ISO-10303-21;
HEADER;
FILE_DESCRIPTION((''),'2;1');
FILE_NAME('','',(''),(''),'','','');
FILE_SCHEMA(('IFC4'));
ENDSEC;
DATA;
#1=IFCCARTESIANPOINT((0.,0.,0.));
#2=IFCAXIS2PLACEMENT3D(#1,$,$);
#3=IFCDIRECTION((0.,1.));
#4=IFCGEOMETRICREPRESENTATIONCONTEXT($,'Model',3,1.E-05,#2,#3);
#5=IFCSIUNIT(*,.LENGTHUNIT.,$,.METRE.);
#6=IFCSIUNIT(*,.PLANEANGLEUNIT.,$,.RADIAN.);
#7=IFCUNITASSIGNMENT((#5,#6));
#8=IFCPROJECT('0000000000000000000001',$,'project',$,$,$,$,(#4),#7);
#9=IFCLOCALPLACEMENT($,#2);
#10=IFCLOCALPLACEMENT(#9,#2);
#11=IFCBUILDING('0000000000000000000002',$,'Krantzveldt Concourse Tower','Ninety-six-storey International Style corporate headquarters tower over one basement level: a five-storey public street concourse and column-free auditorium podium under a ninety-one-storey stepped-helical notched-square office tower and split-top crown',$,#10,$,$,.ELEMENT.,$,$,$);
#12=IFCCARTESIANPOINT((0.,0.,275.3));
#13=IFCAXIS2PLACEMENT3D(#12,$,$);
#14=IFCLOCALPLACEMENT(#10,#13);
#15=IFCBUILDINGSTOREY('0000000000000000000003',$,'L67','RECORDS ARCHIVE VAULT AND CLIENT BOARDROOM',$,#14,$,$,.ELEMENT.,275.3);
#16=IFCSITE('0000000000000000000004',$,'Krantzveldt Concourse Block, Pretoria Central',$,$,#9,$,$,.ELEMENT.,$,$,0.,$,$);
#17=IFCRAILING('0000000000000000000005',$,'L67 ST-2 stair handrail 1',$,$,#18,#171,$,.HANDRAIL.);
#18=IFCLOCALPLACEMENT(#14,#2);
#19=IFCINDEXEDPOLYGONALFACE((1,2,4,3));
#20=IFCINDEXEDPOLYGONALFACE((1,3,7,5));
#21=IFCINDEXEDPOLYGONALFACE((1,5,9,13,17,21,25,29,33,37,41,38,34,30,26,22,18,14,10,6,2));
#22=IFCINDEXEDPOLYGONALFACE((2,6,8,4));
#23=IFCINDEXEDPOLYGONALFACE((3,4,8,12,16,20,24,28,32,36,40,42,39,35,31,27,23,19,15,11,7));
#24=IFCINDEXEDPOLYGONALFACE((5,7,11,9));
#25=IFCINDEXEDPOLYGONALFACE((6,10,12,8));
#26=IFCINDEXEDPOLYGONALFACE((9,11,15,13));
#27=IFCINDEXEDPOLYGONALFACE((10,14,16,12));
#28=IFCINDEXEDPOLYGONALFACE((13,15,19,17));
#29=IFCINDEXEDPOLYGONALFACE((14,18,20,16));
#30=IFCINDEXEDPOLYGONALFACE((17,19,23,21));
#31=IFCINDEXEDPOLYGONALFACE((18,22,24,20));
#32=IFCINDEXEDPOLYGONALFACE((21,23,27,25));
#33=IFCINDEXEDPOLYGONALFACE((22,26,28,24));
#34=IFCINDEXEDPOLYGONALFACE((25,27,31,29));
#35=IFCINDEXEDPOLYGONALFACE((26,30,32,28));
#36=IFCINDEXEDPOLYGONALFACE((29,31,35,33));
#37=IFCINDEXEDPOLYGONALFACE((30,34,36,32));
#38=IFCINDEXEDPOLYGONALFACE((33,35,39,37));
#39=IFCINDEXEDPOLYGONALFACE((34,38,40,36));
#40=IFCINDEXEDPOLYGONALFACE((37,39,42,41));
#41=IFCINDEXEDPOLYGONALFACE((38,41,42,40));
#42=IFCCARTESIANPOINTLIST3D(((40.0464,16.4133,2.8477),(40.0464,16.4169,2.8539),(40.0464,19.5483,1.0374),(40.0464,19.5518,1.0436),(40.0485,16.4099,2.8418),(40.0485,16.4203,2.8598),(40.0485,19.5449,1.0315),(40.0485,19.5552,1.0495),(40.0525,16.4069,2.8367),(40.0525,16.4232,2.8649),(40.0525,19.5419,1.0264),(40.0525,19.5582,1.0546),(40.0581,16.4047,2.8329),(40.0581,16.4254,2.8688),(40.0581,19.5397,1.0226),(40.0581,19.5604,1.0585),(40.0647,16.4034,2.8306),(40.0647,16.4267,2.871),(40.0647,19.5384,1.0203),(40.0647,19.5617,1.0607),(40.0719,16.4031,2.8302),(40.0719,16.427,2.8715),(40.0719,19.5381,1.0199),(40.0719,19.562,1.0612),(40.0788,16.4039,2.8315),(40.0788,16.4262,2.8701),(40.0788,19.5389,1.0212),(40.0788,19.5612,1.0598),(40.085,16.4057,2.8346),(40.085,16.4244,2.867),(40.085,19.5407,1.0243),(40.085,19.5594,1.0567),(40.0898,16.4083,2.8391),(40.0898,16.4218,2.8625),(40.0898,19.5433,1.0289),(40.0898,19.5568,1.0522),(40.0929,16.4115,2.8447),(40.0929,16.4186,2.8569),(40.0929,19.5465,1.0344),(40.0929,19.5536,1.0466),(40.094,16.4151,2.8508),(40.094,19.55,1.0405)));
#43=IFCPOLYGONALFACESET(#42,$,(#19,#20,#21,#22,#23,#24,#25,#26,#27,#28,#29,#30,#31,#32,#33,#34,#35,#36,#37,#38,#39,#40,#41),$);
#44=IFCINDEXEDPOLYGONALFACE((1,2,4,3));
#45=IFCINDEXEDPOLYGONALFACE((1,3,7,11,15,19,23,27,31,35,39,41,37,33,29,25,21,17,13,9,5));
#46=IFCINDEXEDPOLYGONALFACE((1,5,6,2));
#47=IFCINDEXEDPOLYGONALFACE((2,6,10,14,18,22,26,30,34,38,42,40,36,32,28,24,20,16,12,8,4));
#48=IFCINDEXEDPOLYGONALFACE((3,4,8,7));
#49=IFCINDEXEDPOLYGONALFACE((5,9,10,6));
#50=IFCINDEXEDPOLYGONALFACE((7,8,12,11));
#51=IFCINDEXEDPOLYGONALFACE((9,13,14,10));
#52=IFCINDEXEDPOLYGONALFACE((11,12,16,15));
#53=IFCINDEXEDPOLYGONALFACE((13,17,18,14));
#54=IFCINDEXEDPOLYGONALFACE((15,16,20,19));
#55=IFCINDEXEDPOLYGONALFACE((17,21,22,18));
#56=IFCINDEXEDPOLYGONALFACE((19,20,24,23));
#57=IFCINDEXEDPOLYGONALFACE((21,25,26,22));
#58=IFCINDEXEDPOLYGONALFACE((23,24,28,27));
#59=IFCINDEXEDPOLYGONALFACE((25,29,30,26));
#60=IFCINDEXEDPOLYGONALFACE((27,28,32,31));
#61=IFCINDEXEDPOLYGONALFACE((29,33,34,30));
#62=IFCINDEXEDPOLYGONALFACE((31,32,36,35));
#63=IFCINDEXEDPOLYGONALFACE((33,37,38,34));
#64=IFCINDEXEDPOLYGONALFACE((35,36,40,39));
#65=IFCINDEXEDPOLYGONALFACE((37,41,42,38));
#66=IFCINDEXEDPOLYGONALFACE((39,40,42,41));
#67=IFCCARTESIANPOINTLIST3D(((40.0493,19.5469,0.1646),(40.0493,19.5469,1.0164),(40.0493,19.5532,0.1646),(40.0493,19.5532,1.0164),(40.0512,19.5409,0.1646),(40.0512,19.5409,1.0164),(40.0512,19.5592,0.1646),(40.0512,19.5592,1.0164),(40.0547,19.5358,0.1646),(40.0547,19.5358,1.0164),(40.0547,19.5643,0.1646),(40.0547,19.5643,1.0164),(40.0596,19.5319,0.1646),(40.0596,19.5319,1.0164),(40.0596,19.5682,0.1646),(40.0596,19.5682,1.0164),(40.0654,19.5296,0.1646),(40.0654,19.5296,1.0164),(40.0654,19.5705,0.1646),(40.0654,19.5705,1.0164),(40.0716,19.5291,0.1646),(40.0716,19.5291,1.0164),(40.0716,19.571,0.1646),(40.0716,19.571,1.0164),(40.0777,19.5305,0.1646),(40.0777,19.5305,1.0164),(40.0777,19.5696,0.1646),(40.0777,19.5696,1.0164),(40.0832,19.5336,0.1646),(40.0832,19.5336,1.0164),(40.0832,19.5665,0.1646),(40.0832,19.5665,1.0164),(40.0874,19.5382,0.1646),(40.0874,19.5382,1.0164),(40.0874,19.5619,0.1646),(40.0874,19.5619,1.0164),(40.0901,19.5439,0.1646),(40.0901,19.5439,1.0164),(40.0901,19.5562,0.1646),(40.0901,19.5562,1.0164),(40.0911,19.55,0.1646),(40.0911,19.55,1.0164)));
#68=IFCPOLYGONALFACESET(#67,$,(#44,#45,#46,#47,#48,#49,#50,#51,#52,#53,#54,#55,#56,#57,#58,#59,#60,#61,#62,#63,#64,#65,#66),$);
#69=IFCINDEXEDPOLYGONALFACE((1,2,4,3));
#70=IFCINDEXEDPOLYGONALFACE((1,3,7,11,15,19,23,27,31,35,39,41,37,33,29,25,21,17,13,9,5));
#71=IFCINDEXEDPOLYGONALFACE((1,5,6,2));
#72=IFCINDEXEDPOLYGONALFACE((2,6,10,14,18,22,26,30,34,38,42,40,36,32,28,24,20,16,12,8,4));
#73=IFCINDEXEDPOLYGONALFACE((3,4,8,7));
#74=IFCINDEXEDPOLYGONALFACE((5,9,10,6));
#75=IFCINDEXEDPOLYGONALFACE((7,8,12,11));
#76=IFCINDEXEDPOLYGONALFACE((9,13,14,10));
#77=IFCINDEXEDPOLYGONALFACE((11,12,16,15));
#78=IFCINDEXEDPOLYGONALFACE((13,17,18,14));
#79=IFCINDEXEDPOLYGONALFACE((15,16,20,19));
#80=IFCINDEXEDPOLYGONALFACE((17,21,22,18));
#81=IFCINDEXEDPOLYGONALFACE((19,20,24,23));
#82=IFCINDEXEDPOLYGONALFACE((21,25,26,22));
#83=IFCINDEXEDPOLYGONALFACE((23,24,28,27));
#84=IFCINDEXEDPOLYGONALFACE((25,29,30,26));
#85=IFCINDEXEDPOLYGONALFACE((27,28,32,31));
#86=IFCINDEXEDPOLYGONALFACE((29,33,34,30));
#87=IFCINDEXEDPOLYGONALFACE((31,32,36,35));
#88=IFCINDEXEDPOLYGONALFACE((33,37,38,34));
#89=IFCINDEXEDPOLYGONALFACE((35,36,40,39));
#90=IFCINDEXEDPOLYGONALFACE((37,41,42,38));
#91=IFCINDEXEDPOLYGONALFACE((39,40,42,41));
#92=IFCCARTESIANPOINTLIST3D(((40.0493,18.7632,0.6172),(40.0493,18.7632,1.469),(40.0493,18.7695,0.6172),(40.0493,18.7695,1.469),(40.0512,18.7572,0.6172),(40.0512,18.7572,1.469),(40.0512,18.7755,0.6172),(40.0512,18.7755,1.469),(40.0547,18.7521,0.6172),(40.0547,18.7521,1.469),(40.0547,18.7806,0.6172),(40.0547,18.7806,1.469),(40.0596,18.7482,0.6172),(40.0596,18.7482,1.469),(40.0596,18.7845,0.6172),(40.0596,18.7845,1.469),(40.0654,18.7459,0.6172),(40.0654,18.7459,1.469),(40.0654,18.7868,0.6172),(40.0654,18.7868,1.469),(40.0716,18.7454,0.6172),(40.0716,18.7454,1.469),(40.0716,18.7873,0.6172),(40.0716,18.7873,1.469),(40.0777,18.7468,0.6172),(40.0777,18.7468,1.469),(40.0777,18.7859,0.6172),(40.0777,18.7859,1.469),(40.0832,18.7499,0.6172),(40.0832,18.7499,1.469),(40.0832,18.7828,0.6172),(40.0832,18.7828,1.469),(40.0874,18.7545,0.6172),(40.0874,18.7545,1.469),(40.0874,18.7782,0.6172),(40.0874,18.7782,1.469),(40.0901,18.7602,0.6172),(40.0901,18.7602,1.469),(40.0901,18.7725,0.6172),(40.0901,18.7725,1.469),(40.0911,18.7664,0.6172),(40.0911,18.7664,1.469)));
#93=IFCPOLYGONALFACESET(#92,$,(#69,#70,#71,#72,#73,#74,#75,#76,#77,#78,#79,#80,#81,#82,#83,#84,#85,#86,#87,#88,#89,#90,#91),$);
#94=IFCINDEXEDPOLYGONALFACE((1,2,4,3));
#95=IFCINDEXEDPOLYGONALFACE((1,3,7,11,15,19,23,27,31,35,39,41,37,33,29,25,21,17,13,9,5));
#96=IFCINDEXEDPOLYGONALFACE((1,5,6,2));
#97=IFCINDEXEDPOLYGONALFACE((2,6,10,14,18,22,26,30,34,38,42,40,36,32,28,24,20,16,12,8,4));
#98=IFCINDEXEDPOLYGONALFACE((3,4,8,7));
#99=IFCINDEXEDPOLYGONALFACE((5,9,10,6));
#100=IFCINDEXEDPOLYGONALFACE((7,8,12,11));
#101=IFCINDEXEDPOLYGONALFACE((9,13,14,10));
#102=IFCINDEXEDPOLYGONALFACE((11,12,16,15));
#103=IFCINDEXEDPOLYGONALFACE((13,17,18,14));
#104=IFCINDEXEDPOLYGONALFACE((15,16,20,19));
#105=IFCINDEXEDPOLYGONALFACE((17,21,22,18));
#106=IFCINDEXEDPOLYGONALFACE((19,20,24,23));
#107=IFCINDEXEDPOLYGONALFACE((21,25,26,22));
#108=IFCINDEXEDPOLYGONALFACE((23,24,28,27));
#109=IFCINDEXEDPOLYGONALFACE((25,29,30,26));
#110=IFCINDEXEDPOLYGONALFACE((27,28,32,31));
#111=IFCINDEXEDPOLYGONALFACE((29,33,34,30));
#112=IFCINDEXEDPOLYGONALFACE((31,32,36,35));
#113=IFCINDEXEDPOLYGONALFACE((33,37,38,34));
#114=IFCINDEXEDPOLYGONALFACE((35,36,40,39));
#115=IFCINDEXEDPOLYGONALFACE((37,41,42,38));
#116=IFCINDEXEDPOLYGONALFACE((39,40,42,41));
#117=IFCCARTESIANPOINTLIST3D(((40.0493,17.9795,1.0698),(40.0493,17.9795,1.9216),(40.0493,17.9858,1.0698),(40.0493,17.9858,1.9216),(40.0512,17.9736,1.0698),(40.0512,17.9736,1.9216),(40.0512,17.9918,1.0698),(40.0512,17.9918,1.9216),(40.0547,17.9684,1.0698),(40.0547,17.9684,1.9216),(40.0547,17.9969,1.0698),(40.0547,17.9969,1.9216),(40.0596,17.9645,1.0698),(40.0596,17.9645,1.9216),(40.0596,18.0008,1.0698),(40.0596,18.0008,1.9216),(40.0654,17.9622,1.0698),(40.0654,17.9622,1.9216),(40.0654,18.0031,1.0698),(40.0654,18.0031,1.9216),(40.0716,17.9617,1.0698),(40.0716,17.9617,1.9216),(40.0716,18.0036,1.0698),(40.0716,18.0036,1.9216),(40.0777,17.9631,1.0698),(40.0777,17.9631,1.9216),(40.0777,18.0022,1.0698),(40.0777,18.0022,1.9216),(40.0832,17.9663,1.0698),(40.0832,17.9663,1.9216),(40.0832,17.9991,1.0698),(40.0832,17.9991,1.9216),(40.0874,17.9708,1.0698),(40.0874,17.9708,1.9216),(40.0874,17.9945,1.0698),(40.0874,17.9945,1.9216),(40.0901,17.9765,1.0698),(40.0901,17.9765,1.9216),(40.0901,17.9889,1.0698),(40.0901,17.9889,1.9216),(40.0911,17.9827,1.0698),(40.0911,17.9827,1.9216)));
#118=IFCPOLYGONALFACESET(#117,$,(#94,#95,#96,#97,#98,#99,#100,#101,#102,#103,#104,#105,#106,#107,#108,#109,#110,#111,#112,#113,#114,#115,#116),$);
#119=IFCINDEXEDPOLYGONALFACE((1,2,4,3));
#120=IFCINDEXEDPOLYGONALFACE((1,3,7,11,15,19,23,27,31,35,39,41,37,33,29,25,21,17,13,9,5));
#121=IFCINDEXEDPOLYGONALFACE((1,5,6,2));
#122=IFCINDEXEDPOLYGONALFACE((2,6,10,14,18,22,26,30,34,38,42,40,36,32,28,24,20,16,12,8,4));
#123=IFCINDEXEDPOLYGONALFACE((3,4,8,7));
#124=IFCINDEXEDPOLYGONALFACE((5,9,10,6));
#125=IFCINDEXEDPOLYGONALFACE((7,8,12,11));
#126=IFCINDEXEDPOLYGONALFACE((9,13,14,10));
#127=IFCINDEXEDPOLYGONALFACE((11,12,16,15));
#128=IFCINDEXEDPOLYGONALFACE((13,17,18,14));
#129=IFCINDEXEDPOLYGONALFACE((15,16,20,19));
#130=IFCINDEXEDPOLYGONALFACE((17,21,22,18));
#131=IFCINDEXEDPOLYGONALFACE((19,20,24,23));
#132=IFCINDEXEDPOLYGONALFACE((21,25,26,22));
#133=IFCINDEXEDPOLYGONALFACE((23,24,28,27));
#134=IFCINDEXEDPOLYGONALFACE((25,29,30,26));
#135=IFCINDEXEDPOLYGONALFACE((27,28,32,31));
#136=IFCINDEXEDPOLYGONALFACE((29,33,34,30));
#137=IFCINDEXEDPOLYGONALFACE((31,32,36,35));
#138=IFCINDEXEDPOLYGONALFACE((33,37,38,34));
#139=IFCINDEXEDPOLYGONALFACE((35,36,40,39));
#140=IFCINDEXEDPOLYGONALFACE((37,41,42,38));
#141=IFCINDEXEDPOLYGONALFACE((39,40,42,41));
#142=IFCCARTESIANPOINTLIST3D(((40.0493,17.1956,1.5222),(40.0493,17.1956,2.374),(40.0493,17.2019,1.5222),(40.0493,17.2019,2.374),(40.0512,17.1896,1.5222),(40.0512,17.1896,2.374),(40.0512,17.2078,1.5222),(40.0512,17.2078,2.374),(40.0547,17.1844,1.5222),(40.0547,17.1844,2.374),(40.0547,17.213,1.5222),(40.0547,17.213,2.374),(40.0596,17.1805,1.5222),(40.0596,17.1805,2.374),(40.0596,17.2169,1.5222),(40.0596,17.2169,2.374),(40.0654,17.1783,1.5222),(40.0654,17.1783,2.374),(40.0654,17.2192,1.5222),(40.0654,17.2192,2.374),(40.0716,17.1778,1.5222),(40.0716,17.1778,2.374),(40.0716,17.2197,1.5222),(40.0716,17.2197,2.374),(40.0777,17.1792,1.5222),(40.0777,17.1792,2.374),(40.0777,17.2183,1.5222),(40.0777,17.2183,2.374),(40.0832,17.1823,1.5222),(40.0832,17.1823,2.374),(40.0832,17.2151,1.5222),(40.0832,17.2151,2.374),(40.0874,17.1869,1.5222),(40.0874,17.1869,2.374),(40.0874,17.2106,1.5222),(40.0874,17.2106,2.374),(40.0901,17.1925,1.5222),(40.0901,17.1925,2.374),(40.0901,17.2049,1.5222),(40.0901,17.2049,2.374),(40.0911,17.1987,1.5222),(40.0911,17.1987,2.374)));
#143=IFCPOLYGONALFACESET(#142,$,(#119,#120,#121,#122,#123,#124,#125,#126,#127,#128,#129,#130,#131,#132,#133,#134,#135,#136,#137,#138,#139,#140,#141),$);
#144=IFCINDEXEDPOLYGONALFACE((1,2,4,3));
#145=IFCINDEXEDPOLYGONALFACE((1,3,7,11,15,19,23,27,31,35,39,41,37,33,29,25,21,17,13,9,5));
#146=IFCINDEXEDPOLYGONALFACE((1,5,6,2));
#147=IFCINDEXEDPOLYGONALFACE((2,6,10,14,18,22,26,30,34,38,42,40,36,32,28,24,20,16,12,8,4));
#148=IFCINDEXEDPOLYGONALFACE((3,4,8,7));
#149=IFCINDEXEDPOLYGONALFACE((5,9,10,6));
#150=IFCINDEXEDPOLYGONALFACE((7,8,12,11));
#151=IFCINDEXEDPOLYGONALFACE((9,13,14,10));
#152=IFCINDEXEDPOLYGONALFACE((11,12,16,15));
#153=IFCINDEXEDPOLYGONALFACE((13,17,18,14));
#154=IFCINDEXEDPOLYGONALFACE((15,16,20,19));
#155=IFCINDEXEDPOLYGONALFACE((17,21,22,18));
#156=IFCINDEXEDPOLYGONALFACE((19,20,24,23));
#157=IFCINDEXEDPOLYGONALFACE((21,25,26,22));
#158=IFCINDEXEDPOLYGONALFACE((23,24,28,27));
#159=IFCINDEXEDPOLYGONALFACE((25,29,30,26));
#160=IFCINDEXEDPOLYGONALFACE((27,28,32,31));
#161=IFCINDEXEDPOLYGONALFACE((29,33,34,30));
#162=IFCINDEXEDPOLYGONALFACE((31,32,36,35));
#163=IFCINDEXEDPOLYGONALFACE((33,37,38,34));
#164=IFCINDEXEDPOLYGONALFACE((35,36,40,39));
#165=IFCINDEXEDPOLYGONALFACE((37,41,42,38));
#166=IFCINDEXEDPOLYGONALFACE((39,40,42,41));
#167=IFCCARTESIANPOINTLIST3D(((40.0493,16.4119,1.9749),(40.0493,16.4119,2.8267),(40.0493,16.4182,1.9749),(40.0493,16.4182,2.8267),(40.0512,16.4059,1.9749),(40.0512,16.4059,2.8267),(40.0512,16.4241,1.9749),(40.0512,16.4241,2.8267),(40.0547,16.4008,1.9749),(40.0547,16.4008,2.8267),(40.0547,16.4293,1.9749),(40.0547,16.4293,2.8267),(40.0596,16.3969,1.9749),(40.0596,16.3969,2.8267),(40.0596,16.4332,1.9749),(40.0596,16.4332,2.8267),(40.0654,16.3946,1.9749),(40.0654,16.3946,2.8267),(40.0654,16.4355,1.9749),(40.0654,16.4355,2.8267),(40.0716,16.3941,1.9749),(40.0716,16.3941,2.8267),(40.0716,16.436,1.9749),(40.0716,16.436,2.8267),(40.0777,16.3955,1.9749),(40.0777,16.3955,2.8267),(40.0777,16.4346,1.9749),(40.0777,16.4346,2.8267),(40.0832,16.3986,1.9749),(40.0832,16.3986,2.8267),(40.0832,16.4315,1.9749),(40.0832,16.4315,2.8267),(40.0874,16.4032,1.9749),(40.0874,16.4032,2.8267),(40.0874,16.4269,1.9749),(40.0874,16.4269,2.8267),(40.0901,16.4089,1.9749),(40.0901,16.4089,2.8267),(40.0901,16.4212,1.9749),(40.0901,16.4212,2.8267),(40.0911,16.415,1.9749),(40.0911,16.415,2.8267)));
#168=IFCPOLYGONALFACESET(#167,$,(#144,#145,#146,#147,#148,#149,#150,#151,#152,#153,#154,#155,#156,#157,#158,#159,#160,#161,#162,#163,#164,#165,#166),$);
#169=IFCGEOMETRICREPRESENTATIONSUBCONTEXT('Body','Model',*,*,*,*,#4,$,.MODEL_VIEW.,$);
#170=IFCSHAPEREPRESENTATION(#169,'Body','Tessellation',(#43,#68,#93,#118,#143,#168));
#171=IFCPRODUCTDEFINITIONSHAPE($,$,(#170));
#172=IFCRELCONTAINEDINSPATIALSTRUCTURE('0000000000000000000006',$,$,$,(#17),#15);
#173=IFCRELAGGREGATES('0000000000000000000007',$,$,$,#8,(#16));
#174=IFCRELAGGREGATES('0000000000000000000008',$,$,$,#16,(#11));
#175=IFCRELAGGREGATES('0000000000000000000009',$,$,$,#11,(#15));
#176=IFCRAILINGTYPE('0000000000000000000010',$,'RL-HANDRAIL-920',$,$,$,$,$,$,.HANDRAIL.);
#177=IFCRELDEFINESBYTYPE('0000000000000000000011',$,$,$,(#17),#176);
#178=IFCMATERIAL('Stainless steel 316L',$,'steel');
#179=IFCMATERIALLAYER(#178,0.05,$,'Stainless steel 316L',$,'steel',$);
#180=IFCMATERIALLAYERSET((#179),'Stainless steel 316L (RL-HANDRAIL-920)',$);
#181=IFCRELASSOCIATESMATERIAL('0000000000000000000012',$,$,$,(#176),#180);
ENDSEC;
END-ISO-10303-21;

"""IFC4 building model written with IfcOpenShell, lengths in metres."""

from ifc_helpers import new_model, si_unit, direction, frame, origin, origin_2d, place, context, subcontext, project, spatial, circle, extrude, material, layer, layer_set, type_object, element, save


model = new_model("IFC4")

# Units and contexts
model_context = context("Model", 3, precision=1e-05, world=origin(), true_north=direction((0.0, 1.0)))
body_context = subcontext(model_context, "Body", "Model", "MODEL_VIEW")
ifc_project = project(units=[si_unit("LENGTHUNIT", "METRE"), si_unit("PLANEANGLEUNIT", "RADIAN")], contexts=[model_context])

# Site, building, storey
site_placement = place(None, origin())
site = spatial("IfcSite", under=ifc_project, at=site_placement, Name="Krantzveldt Concourse Block, Pretoria Central", CompositionType="ELEMENT", RefElevation=0.0)
building_placement = place(site_placement, origin())
building = spatial("IfcBuilding", under=site, at=building_placement, Name="Krantzveldt Concourse Tower", Description="Ninety-six-storey International Style corporate headquarters tower over one basement level: a five-storey public street concourse and column-free auditorium podium under a ninety-one-storey stepped-helical notched-square office tower and split-top crown", CompositionType="ELEMENT")
storey_placement = place(building_placement, frame((0.0, 0.0, 275.3)))
storey = spatial("IfcBuildingStorey", under=building, at=storey_placement, Name="L67", Description="RECORDS ARCHIVE VAULT AND CLIENT BOARDROOM", CompositionType="ELEMENT", Elevation=275.3)

# Shared definitions
ifc_material_1 = material(Name="Stainless steel 316L", Category="steel")

# Railing
ifc_layer_1 = layer(ifc_material_1, 0.05, Name="Stainless steel 316L", Category="steel")
ifc_layer_set_1 = layer_set([ifc_layer_1], Name="Stainless steel 316L (RL-HANDRAIL-920)")
railing_type_1 = type_object("IfcRailingType", Name="RL-HANDRAIL-920", PredefinedType="HANDRAIL", material=ifc_layer_set_1)
railing_1_placement = place(storey_placement, frame((40.0701, 19.55, 0.1646)))
element("IfcRailing", 1, at=railing_1_placement, inside=storey, type_object=railing_type_1, Name="L67 ST-2 stair handrail 1", PredefinedType="HANDRAIL", context=body_context, shape_type="SweptSolid", body=[
    extrude(circle(Radius=0.0239, at=origin_2d()), frame((0.0, 0.0, 0.876), z_axis=(0.0, -0.865989, 0.500063), x_axis=(1.0, 0.0, 0.0)), (0.0, 0.0, 1.0), 3.6201),
    extrude(circle(Radius=0.021, at=origin_2d()), origin(), (0.0, 0.0, 1.0), 0.8518),
    extrude(circle(Radius=0.021, at=origin_2d()), frame((0.0, -0.7837, 0.4526)), (0.0, 0.0, 1.0), 0.8518),
    extrude(circle(Radius=0.021, at=origin_2d()), frame((0.0, -1.5674, 0.9053)), (0.0, 0.0, 1.0), 0.8518),
    extrude(circle(Radius=0.021, at=origin_2d()), frame((0.0, -2.3513, 1.3577)), (0.0, 0.0, 1.0), 0.8518),
    extrude(circle(Radius=0.021, at=origin_2d()), frame((0.0, -3.135, 1.8103)), (0.0, 0.0, 1.0), 0.8518),
])

save(model, "model.ifc")
